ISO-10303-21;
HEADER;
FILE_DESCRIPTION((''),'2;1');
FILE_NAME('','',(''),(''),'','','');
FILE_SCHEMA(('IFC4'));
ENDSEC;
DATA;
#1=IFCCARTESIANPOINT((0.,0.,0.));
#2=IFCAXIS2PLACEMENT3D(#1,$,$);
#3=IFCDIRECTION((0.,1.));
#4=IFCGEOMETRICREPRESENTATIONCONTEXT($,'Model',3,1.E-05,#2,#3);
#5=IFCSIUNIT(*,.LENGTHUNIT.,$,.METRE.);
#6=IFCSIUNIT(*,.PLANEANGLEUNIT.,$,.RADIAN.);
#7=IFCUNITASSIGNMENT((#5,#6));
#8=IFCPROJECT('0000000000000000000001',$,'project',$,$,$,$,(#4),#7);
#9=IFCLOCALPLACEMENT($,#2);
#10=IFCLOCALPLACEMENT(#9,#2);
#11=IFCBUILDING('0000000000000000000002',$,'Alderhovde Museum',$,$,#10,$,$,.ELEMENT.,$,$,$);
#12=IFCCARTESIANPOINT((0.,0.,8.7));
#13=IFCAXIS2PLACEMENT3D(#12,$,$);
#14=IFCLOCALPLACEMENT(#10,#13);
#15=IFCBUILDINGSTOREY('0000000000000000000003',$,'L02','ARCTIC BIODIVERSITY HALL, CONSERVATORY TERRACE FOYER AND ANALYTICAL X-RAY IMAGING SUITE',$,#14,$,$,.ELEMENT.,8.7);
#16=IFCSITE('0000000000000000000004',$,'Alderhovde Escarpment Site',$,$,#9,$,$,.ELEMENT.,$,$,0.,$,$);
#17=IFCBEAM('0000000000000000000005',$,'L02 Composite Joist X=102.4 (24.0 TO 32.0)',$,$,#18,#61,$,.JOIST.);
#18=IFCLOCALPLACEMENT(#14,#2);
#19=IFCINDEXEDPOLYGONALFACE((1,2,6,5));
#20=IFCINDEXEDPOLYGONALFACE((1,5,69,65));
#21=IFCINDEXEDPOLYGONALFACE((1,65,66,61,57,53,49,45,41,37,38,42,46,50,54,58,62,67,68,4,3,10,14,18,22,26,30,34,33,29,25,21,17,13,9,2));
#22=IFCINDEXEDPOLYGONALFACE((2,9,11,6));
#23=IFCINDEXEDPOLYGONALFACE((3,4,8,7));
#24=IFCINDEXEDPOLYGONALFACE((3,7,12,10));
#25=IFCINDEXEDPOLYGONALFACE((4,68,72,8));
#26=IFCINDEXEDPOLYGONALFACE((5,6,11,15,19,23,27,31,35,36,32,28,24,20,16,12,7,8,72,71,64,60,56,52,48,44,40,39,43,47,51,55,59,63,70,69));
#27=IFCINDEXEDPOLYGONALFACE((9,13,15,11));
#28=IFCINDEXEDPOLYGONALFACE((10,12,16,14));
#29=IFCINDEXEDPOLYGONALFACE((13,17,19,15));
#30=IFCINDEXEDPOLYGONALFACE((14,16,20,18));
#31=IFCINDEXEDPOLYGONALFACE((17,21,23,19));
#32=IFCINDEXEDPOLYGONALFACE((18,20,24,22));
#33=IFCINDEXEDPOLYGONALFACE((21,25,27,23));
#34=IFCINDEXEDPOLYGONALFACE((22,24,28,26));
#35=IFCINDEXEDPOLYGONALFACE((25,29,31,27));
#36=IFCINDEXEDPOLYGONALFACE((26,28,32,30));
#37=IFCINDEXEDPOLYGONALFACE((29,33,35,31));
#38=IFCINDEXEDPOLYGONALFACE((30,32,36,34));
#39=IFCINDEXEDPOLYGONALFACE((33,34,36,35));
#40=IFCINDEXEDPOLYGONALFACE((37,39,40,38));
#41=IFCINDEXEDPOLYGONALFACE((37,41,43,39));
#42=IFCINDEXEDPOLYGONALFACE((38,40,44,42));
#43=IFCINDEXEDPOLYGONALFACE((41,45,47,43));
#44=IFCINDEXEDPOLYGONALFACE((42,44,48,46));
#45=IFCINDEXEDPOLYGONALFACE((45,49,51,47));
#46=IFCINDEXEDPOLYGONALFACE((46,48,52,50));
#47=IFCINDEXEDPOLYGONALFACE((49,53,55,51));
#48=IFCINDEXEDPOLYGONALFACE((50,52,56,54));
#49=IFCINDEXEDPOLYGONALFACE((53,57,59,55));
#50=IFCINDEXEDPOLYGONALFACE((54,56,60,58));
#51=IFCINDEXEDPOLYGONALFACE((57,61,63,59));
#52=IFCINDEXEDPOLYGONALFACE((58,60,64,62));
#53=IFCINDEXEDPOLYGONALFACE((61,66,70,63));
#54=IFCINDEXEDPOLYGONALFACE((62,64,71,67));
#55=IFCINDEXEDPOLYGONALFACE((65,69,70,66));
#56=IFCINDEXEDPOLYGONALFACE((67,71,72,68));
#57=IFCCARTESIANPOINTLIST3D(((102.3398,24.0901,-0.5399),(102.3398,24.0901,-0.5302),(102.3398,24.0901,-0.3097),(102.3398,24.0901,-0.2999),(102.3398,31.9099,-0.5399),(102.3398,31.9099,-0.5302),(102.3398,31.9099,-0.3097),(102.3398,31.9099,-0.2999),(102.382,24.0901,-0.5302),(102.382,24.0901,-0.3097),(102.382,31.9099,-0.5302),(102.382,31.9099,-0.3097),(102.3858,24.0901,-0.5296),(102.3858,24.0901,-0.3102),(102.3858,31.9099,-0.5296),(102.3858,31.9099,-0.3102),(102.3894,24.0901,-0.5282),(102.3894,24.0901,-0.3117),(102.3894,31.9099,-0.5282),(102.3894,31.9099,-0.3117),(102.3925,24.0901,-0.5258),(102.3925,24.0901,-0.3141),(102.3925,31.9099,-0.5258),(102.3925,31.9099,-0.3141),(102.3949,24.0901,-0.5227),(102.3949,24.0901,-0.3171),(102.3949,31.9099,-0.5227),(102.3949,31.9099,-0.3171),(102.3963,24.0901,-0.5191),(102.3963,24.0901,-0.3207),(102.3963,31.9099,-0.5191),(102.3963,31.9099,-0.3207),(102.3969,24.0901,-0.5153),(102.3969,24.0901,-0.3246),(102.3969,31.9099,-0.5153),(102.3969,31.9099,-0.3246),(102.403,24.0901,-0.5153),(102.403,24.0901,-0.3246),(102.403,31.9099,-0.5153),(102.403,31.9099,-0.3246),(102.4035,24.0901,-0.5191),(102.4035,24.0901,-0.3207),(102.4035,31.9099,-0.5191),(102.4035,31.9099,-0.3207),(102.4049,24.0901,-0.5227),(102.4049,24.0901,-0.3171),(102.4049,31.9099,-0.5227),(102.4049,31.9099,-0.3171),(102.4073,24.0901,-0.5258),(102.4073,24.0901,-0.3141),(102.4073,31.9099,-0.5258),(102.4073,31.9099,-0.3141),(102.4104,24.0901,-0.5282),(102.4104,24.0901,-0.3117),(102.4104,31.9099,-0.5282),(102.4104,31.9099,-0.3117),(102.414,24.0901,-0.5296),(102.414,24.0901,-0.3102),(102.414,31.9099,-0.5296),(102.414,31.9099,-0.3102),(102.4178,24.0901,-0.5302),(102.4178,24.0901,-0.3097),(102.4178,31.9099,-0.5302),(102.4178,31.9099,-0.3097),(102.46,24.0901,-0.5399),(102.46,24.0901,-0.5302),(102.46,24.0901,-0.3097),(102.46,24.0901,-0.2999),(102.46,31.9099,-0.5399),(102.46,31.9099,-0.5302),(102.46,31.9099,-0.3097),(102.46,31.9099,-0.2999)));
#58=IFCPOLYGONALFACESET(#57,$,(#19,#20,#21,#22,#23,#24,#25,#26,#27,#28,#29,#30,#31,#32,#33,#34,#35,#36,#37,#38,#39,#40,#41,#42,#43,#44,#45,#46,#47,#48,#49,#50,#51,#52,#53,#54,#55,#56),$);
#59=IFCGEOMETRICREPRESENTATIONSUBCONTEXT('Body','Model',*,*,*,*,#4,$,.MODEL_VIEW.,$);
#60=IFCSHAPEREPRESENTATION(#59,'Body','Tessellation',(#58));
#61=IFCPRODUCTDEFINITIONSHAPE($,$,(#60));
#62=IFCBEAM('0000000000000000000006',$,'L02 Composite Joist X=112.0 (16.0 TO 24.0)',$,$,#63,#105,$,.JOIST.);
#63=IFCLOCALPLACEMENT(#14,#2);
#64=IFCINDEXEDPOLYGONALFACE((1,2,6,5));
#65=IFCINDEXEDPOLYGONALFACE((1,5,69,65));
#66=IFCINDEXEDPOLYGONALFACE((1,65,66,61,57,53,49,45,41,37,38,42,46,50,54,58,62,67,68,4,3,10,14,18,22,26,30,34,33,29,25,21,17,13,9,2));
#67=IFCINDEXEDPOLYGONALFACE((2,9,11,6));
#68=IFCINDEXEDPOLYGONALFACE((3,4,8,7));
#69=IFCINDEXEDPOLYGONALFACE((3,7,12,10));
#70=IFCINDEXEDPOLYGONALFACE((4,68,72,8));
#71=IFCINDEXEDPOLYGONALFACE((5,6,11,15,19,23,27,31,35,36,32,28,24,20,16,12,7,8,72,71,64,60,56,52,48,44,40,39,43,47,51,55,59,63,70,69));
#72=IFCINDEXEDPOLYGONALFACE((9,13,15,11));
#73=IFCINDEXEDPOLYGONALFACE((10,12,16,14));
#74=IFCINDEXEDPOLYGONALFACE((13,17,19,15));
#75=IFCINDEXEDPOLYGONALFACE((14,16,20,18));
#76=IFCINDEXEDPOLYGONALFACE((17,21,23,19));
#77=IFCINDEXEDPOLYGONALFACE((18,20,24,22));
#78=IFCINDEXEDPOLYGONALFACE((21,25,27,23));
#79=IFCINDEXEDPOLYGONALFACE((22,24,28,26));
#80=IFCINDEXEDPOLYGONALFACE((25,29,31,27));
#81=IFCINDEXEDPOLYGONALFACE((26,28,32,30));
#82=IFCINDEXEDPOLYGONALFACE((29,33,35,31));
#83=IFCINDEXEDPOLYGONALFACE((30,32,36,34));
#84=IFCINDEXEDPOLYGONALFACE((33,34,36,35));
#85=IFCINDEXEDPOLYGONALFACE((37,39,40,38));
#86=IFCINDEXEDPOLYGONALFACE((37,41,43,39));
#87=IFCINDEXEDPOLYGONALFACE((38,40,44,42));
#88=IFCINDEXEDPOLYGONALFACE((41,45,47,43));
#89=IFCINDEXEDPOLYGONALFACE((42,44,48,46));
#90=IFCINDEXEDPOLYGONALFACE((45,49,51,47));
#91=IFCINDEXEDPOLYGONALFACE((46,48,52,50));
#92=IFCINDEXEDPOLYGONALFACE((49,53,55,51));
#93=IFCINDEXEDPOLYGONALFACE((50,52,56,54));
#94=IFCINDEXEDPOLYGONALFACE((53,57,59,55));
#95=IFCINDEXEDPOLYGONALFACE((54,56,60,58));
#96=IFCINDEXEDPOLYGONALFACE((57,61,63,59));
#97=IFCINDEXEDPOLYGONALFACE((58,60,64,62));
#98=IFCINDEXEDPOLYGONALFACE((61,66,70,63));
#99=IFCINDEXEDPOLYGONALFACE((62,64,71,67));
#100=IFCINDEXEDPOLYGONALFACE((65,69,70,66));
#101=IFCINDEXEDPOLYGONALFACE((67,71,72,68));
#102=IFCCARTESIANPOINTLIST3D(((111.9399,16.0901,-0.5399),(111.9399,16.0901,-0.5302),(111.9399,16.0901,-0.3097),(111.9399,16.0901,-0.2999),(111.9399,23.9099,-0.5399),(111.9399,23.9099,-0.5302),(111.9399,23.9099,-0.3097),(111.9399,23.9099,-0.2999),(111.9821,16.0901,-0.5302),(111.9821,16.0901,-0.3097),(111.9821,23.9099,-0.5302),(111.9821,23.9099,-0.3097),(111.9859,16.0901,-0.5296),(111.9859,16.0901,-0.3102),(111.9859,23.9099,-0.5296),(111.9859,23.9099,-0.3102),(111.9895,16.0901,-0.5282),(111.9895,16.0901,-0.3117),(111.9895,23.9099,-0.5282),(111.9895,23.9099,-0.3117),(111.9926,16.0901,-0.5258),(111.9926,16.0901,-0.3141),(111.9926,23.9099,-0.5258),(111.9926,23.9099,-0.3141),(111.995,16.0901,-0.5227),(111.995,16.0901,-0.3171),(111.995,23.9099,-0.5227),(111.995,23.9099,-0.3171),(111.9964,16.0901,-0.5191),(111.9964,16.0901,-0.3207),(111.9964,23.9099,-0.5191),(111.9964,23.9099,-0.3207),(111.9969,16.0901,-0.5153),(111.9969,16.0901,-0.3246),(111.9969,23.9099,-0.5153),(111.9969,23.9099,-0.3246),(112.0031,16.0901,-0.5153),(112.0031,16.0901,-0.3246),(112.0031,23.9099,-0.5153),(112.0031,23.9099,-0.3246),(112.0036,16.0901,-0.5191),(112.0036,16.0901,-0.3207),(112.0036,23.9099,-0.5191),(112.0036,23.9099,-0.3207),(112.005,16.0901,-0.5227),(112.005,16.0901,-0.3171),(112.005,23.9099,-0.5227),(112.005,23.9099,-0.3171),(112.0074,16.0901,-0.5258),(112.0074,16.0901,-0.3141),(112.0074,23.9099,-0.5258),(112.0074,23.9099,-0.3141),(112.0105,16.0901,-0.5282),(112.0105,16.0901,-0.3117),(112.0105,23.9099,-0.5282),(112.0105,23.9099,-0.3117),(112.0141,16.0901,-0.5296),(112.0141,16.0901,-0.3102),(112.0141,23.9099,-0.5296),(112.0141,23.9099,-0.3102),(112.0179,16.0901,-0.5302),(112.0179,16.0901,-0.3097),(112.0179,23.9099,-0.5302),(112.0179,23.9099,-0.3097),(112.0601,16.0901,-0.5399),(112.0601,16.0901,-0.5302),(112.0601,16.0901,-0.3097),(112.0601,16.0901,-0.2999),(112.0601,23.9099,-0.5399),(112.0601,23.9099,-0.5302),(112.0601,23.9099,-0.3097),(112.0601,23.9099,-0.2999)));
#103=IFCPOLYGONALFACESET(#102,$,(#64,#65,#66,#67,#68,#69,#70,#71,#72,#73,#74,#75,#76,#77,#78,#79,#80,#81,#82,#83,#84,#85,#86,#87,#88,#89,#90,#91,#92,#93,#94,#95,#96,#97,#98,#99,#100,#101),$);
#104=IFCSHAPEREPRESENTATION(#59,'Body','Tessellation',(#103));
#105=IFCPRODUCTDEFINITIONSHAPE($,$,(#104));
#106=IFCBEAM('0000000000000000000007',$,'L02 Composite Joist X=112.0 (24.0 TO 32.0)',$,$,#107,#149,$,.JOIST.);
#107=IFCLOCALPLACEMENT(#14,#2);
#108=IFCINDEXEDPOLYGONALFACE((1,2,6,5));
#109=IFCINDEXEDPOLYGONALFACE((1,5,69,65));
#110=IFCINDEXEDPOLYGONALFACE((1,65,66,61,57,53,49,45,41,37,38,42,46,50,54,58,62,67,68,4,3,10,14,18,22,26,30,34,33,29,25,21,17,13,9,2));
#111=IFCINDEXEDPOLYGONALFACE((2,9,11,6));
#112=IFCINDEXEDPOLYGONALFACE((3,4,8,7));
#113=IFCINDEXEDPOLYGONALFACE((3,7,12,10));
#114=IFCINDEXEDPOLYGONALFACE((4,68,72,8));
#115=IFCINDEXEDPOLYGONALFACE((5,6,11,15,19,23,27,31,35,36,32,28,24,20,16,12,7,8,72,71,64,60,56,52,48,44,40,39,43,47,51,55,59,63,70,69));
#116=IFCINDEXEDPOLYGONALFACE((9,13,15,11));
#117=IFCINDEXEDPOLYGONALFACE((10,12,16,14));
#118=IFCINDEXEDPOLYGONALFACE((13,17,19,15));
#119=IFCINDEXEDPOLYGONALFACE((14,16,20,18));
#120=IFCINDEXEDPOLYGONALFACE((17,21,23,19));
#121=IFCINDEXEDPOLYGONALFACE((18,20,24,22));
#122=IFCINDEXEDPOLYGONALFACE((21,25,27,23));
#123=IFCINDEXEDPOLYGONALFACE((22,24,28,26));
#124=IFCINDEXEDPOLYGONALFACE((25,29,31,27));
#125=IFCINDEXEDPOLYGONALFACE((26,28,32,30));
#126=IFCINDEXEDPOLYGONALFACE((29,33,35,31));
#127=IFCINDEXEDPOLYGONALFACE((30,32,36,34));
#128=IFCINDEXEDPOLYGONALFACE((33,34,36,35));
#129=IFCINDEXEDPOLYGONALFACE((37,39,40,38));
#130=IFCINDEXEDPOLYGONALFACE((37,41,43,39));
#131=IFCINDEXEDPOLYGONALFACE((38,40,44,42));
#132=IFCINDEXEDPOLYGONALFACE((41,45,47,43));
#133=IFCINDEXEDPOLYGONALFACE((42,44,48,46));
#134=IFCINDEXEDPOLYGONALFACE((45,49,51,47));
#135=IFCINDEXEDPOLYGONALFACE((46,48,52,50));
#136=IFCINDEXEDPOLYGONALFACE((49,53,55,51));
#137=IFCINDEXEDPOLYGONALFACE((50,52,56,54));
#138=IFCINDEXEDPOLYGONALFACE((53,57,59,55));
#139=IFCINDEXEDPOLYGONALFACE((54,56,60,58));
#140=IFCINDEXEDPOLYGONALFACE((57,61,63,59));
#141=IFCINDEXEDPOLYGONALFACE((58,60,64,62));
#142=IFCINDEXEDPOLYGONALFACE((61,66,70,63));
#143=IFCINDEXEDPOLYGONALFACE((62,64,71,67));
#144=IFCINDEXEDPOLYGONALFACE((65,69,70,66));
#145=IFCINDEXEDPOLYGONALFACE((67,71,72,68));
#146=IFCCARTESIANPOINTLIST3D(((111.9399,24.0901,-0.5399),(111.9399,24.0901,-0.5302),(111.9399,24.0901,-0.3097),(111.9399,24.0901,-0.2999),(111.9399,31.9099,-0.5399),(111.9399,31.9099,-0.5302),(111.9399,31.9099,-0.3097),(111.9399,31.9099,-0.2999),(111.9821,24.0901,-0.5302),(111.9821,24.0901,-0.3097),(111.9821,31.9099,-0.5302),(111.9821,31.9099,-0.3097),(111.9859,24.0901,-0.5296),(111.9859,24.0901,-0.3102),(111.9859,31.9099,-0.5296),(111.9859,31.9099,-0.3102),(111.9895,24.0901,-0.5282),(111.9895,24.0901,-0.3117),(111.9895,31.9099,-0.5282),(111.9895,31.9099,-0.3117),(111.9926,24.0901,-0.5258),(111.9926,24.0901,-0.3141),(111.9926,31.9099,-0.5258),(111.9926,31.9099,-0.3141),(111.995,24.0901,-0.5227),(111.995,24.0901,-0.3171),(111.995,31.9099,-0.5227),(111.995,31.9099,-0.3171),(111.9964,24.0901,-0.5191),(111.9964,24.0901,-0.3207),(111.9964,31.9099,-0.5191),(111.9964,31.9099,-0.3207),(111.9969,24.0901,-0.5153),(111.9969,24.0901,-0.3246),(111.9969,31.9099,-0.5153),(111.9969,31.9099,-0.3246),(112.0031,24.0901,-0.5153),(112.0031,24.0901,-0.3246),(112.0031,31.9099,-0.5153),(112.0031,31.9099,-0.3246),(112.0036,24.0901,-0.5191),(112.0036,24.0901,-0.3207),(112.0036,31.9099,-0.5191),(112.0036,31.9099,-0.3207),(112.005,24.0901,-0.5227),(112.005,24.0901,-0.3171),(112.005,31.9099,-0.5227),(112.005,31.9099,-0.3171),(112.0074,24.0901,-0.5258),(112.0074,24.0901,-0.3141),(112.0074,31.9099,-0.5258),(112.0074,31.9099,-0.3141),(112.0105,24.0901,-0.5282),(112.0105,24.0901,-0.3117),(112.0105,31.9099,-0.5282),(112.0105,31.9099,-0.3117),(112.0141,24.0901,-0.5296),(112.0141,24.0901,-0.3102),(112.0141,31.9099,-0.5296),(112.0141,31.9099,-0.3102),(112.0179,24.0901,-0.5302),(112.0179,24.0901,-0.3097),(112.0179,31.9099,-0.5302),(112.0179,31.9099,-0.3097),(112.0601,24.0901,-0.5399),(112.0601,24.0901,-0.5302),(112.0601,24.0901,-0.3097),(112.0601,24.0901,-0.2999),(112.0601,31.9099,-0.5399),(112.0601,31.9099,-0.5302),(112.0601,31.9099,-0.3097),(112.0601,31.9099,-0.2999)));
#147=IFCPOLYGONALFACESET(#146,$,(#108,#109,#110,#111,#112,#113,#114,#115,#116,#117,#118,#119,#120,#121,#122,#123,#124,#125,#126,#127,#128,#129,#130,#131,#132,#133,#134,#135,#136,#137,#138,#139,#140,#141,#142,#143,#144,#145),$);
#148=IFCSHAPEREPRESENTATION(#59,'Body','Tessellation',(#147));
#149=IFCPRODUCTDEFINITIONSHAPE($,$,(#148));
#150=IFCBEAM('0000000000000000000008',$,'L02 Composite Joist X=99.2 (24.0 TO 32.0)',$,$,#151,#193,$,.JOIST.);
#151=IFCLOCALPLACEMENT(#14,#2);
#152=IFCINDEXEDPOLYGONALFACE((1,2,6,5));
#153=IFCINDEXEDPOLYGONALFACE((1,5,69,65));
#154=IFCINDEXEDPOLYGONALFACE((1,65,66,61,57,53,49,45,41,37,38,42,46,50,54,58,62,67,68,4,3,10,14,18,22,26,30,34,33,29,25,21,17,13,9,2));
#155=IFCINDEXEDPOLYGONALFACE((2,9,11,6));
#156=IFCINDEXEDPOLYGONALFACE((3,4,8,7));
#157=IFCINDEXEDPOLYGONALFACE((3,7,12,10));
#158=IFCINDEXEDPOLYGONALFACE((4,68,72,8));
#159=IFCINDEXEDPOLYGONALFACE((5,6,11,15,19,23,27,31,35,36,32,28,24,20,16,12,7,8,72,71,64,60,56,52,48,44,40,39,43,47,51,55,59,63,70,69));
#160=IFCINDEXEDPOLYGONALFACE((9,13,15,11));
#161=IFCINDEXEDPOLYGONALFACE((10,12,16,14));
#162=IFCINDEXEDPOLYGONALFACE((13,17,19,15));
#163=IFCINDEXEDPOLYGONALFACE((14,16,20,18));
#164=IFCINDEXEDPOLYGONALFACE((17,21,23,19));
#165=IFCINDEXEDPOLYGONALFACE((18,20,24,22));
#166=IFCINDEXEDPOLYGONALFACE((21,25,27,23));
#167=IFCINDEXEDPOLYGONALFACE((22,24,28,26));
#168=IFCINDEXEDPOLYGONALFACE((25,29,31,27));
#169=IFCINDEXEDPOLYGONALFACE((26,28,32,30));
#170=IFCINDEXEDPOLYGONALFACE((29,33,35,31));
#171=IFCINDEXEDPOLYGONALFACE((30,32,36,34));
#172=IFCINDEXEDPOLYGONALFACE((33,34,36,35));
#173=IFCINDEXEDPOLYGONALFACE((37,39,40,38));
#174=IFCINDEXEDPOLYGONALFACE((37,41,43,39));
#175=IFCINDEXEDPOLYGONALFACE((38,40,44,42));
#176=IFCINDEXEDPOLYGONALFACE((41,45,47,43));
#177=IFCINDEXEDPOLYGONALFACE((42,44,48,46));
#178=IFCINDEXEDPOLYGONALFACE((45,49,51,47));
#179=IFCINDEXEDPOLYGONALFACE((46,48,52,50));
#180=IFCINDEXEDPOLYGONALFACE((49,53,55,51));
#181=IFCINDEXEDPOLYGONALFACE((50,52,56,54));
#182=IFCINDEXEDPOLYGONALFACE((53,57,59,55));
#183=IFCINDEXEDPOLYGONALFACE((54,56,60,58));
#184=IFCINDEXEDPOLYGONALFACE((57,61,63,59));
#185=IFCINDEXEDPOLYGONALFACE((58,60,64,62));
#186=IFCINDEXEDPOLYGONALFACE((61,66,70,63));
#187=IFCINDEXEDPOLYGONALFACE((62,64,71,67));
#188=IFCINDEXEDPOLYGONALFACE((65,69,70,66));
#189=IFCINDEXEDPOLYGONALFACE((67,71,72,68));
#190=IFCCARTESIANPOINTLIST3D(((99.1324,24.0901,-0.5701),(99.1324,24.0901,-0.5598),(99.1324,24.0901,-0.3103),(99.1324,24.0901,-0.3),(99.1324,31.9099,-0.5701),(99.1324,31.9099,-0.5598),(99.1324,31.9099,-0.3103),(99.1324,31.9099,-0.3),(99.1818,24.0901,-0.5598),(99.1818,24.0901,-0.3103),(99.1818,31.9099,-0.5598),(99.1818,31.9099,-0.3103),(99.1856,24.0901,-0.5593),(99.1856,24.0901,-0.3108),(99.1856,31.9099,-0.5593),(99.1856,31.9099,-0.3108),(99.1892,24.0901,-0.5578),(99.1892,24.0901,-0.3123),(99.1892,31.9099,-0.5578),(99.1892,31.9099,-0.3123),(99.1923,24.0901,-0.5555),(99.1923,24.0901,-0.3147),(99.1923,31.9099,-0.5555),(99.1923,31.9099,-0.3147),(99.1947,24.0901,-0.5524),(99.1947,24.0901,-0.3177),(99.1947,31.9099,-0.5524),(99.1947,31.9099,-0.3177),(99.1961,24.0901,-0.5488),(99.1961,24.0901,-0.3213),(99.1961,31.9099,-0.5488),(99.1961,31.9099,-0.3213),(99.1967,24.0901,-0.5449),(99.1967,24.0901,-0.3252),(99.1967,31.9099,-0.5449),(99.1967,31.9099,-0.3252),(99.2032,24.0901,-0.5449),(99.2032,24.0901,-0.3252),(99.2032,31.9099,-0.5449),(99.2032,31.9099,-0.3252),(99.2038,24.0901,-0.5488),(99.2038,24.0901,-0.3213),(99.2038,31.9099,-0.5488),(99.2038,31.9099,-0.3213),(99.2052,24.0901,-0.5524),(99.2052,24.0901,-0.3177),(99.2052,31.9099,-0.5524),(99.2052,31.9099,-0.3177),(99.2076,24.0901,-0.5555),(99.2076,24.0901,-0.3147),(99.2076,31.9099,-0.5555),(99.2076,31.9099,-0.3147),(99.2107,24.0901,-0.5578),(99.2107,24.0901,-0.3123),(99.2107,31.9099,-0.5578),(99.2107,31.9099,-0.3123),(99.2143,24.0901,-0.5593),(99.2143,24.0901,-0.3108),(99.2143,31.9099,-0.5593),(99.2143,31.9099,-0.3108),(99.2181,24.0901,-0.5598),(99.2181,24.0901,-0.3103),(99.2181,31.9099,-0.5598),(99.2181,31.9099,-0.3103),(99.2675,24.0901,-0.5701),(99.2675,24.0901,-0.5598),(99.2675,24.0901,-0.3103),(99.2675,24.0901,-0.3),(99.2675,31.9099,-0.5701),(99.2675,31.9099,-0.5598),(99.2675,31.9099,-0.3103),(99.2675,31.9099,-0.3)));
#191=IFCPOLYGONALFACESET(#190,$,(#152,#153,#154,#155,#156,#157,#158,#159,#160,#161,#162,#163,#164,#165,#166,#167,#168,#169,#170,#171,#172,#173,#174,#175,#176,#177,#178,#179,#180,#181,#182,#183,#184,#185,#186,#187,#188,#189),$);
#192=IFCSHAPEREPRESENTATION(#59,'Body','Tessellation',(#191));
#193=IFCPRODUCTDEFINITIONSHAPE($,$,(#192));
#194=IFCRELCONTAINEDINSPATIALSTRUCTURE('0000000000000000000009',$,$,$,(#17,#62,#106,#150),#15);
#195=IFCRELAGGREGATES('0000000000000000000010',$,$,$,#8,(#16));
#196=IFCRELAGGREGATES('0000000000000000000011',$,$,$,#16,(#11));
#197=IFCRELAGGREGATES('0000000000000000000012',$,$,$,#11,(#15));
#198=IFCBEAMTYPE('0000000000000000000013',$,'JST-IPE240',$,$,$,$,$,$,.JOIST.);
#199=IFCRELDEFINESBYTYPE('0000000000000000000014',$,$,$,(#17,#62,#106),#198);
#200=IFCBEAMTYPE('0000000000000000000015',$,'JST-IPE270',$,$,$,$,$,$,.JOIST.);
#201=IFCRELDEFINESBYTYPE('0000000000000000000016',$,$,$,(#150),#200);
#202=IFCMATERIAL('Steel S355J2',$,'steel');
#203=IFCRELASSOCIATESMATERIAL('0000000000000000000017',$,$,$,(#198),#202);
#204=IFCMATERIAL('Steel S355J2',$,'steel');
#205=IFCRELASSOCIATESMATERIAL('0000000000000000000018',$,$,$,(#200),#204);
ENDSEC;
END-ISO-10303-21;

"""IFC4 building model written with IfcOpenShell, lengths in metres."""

from ifc_helpers import new_model, si_unit, direction, frame, origin, origin_2d, place, context, subcontext, project, spatial, i_section, extrude, material, material_profile, profile_set, type_object, element, save


model = new_model("IFC4")

# Units and contexts
model_context = context("Model", 3, precision=1e-05, world=origin(), true_north=direction((0.0, 1.0)))
body_context = subcontext(model_context, "Body", "Model", "MODEL_VIEW")
ifc_project = project(units=[si_unit("LENGTHUNIT", "METRE"), si_unit("PLANEANGLEUNIT", "RADIAN")], contexts=[model_context])

# Site, building, storey
site_placement = place(None, origin())
site = spatial("IfcSite", under=ifc_project, at=site_placement, Name="Alderhovde Escarpment Site", CompositionType="ELEMENT", RefElevation=0.0)
building_placement = place(site_placement, origin())
building = spatial("IfcBuilding", under=site, at=building_placement, Name="Alderhovde Museum", CompositionType="ELEMENT")
storey_placement = place(building_placement, frame((0.0, 0.0, 8.7)))
storey = spatial("IfcBuildingStorey", under=building, at=storey_placement, Name="L02", Description="ARCTIC BIODIVERSITY HALL, CONSERVATORY TERRACE FOYER AND ANALYTICAL X-RAY IMAGING SUITE", CompositionType="ELEMENT", Elevation=8.7)

# Beams
ifc_material_1 = material(Name="Steel S355J2", Category="steel")
ifc_material_profile_1 = material_profile(ifc_material_1, i_section(OverallWidth=0.1201, OverallDepth=0.24, WebThickness=0.0061, FlangeThickness=0.0098, FilletRadius=0.0149, at=origin_2d()), Name="IPE 240")
ifc_profile_set_1 = profile_set([ifc_material_profile_1], Name="Steel S355J2")
beam_type_1 = type_object("IfcBeamType", Name="JST-IPE240", PredefinedType="JOIST", material=ifc_profile_set_1)
for number, where, z_axis, x_axis, name in (
    (1, (102.3999, 24.0901, -0.4199), (0.0, 1.0, 0.0), (-1.0, 0.0, 0.0), "L02 Composite Joist X=102.4 (24.0 TO 32.0)"),
    (2, (112.0, 16.0901, -0.4199), (0.0, 1.0, 0.0), (-1.0, 0.0, 0.0), "L02 Composite Joist X=112.0 (16.0 TO 24.0)"),
    (3, (112.0, 24.0901, -0.4199), (0.0, 1.0, 0.0), (-1.0, 0.0, 0.0), "L02 Composite Joist X=112.0 (24.0 TO 32.0)"),
):
    element("IfcBeam", number, at=place(storey_placement, frame(where, z_axis=z_axis, x_axis=x_axis)), inside=storey, type_object=beam_type_1, Name=name, PredefinedType="JOIST", context=body_context, shape_type="SweptSolid", body=[
        extrude(i_section(OverallWidth=0.1201, OverallDepth=0.24, WebThickness=0.0061, FlangeThickness=0.0098, FilletRadius=0.0149, at=origin_2d()), origin(), (0.0, 0.0, 1.0), 7.8198),
    ])
ifc_material_2 = material(Name="Steel S355J2", Category="steel")
ifc_material_profile_2 = material_profile(ifc_material_2, i_section(OverallWidth=0.135, OverallDepth=0.27, WebThickness=0.0066, FlangeThickness=0.0103, FilletRadius=0.0149, at=origin_2d()), Name="IPE 270")
ifc_profile_set_2 = profile_set([ifc_material_profile_2], Name="Steel S355J2")
beam_type_2 = type_object("IfcBeamType", Name="JST-IPE270", PredefinedType="JOIST", material=ifc_profile_set_2)
for number, where, z_axis, x_axis, name in (
    (4, (99.2, 24.0901, -0.4351), (0.0, 1.0, 0.0), (-1.0, 0.0, 0.0), "L02 Composite Joist X=99.2 (24.0 TO 32.0)"),
):
    element("IfcBeam", number, at=place(storey_placement, frame(where, z_axis=z_axis, x_axis=x_axis)), inside=storey, type_object=beam_type_2, Name=name, PredefinedType="JOIST", context=body_context, shape_type="SweptSolid", body=[
        extrude(i_section(OverallWidth=0.135, OverallDepth=0.27, WebThickness=0.0066, FlangeThickness=0.0103, FilletRadius=0.0149, at=origin_2d()), origin(), (0.0, 0.0, 1.0), 7.8198),
    ])

save(model, "model.ifc")
